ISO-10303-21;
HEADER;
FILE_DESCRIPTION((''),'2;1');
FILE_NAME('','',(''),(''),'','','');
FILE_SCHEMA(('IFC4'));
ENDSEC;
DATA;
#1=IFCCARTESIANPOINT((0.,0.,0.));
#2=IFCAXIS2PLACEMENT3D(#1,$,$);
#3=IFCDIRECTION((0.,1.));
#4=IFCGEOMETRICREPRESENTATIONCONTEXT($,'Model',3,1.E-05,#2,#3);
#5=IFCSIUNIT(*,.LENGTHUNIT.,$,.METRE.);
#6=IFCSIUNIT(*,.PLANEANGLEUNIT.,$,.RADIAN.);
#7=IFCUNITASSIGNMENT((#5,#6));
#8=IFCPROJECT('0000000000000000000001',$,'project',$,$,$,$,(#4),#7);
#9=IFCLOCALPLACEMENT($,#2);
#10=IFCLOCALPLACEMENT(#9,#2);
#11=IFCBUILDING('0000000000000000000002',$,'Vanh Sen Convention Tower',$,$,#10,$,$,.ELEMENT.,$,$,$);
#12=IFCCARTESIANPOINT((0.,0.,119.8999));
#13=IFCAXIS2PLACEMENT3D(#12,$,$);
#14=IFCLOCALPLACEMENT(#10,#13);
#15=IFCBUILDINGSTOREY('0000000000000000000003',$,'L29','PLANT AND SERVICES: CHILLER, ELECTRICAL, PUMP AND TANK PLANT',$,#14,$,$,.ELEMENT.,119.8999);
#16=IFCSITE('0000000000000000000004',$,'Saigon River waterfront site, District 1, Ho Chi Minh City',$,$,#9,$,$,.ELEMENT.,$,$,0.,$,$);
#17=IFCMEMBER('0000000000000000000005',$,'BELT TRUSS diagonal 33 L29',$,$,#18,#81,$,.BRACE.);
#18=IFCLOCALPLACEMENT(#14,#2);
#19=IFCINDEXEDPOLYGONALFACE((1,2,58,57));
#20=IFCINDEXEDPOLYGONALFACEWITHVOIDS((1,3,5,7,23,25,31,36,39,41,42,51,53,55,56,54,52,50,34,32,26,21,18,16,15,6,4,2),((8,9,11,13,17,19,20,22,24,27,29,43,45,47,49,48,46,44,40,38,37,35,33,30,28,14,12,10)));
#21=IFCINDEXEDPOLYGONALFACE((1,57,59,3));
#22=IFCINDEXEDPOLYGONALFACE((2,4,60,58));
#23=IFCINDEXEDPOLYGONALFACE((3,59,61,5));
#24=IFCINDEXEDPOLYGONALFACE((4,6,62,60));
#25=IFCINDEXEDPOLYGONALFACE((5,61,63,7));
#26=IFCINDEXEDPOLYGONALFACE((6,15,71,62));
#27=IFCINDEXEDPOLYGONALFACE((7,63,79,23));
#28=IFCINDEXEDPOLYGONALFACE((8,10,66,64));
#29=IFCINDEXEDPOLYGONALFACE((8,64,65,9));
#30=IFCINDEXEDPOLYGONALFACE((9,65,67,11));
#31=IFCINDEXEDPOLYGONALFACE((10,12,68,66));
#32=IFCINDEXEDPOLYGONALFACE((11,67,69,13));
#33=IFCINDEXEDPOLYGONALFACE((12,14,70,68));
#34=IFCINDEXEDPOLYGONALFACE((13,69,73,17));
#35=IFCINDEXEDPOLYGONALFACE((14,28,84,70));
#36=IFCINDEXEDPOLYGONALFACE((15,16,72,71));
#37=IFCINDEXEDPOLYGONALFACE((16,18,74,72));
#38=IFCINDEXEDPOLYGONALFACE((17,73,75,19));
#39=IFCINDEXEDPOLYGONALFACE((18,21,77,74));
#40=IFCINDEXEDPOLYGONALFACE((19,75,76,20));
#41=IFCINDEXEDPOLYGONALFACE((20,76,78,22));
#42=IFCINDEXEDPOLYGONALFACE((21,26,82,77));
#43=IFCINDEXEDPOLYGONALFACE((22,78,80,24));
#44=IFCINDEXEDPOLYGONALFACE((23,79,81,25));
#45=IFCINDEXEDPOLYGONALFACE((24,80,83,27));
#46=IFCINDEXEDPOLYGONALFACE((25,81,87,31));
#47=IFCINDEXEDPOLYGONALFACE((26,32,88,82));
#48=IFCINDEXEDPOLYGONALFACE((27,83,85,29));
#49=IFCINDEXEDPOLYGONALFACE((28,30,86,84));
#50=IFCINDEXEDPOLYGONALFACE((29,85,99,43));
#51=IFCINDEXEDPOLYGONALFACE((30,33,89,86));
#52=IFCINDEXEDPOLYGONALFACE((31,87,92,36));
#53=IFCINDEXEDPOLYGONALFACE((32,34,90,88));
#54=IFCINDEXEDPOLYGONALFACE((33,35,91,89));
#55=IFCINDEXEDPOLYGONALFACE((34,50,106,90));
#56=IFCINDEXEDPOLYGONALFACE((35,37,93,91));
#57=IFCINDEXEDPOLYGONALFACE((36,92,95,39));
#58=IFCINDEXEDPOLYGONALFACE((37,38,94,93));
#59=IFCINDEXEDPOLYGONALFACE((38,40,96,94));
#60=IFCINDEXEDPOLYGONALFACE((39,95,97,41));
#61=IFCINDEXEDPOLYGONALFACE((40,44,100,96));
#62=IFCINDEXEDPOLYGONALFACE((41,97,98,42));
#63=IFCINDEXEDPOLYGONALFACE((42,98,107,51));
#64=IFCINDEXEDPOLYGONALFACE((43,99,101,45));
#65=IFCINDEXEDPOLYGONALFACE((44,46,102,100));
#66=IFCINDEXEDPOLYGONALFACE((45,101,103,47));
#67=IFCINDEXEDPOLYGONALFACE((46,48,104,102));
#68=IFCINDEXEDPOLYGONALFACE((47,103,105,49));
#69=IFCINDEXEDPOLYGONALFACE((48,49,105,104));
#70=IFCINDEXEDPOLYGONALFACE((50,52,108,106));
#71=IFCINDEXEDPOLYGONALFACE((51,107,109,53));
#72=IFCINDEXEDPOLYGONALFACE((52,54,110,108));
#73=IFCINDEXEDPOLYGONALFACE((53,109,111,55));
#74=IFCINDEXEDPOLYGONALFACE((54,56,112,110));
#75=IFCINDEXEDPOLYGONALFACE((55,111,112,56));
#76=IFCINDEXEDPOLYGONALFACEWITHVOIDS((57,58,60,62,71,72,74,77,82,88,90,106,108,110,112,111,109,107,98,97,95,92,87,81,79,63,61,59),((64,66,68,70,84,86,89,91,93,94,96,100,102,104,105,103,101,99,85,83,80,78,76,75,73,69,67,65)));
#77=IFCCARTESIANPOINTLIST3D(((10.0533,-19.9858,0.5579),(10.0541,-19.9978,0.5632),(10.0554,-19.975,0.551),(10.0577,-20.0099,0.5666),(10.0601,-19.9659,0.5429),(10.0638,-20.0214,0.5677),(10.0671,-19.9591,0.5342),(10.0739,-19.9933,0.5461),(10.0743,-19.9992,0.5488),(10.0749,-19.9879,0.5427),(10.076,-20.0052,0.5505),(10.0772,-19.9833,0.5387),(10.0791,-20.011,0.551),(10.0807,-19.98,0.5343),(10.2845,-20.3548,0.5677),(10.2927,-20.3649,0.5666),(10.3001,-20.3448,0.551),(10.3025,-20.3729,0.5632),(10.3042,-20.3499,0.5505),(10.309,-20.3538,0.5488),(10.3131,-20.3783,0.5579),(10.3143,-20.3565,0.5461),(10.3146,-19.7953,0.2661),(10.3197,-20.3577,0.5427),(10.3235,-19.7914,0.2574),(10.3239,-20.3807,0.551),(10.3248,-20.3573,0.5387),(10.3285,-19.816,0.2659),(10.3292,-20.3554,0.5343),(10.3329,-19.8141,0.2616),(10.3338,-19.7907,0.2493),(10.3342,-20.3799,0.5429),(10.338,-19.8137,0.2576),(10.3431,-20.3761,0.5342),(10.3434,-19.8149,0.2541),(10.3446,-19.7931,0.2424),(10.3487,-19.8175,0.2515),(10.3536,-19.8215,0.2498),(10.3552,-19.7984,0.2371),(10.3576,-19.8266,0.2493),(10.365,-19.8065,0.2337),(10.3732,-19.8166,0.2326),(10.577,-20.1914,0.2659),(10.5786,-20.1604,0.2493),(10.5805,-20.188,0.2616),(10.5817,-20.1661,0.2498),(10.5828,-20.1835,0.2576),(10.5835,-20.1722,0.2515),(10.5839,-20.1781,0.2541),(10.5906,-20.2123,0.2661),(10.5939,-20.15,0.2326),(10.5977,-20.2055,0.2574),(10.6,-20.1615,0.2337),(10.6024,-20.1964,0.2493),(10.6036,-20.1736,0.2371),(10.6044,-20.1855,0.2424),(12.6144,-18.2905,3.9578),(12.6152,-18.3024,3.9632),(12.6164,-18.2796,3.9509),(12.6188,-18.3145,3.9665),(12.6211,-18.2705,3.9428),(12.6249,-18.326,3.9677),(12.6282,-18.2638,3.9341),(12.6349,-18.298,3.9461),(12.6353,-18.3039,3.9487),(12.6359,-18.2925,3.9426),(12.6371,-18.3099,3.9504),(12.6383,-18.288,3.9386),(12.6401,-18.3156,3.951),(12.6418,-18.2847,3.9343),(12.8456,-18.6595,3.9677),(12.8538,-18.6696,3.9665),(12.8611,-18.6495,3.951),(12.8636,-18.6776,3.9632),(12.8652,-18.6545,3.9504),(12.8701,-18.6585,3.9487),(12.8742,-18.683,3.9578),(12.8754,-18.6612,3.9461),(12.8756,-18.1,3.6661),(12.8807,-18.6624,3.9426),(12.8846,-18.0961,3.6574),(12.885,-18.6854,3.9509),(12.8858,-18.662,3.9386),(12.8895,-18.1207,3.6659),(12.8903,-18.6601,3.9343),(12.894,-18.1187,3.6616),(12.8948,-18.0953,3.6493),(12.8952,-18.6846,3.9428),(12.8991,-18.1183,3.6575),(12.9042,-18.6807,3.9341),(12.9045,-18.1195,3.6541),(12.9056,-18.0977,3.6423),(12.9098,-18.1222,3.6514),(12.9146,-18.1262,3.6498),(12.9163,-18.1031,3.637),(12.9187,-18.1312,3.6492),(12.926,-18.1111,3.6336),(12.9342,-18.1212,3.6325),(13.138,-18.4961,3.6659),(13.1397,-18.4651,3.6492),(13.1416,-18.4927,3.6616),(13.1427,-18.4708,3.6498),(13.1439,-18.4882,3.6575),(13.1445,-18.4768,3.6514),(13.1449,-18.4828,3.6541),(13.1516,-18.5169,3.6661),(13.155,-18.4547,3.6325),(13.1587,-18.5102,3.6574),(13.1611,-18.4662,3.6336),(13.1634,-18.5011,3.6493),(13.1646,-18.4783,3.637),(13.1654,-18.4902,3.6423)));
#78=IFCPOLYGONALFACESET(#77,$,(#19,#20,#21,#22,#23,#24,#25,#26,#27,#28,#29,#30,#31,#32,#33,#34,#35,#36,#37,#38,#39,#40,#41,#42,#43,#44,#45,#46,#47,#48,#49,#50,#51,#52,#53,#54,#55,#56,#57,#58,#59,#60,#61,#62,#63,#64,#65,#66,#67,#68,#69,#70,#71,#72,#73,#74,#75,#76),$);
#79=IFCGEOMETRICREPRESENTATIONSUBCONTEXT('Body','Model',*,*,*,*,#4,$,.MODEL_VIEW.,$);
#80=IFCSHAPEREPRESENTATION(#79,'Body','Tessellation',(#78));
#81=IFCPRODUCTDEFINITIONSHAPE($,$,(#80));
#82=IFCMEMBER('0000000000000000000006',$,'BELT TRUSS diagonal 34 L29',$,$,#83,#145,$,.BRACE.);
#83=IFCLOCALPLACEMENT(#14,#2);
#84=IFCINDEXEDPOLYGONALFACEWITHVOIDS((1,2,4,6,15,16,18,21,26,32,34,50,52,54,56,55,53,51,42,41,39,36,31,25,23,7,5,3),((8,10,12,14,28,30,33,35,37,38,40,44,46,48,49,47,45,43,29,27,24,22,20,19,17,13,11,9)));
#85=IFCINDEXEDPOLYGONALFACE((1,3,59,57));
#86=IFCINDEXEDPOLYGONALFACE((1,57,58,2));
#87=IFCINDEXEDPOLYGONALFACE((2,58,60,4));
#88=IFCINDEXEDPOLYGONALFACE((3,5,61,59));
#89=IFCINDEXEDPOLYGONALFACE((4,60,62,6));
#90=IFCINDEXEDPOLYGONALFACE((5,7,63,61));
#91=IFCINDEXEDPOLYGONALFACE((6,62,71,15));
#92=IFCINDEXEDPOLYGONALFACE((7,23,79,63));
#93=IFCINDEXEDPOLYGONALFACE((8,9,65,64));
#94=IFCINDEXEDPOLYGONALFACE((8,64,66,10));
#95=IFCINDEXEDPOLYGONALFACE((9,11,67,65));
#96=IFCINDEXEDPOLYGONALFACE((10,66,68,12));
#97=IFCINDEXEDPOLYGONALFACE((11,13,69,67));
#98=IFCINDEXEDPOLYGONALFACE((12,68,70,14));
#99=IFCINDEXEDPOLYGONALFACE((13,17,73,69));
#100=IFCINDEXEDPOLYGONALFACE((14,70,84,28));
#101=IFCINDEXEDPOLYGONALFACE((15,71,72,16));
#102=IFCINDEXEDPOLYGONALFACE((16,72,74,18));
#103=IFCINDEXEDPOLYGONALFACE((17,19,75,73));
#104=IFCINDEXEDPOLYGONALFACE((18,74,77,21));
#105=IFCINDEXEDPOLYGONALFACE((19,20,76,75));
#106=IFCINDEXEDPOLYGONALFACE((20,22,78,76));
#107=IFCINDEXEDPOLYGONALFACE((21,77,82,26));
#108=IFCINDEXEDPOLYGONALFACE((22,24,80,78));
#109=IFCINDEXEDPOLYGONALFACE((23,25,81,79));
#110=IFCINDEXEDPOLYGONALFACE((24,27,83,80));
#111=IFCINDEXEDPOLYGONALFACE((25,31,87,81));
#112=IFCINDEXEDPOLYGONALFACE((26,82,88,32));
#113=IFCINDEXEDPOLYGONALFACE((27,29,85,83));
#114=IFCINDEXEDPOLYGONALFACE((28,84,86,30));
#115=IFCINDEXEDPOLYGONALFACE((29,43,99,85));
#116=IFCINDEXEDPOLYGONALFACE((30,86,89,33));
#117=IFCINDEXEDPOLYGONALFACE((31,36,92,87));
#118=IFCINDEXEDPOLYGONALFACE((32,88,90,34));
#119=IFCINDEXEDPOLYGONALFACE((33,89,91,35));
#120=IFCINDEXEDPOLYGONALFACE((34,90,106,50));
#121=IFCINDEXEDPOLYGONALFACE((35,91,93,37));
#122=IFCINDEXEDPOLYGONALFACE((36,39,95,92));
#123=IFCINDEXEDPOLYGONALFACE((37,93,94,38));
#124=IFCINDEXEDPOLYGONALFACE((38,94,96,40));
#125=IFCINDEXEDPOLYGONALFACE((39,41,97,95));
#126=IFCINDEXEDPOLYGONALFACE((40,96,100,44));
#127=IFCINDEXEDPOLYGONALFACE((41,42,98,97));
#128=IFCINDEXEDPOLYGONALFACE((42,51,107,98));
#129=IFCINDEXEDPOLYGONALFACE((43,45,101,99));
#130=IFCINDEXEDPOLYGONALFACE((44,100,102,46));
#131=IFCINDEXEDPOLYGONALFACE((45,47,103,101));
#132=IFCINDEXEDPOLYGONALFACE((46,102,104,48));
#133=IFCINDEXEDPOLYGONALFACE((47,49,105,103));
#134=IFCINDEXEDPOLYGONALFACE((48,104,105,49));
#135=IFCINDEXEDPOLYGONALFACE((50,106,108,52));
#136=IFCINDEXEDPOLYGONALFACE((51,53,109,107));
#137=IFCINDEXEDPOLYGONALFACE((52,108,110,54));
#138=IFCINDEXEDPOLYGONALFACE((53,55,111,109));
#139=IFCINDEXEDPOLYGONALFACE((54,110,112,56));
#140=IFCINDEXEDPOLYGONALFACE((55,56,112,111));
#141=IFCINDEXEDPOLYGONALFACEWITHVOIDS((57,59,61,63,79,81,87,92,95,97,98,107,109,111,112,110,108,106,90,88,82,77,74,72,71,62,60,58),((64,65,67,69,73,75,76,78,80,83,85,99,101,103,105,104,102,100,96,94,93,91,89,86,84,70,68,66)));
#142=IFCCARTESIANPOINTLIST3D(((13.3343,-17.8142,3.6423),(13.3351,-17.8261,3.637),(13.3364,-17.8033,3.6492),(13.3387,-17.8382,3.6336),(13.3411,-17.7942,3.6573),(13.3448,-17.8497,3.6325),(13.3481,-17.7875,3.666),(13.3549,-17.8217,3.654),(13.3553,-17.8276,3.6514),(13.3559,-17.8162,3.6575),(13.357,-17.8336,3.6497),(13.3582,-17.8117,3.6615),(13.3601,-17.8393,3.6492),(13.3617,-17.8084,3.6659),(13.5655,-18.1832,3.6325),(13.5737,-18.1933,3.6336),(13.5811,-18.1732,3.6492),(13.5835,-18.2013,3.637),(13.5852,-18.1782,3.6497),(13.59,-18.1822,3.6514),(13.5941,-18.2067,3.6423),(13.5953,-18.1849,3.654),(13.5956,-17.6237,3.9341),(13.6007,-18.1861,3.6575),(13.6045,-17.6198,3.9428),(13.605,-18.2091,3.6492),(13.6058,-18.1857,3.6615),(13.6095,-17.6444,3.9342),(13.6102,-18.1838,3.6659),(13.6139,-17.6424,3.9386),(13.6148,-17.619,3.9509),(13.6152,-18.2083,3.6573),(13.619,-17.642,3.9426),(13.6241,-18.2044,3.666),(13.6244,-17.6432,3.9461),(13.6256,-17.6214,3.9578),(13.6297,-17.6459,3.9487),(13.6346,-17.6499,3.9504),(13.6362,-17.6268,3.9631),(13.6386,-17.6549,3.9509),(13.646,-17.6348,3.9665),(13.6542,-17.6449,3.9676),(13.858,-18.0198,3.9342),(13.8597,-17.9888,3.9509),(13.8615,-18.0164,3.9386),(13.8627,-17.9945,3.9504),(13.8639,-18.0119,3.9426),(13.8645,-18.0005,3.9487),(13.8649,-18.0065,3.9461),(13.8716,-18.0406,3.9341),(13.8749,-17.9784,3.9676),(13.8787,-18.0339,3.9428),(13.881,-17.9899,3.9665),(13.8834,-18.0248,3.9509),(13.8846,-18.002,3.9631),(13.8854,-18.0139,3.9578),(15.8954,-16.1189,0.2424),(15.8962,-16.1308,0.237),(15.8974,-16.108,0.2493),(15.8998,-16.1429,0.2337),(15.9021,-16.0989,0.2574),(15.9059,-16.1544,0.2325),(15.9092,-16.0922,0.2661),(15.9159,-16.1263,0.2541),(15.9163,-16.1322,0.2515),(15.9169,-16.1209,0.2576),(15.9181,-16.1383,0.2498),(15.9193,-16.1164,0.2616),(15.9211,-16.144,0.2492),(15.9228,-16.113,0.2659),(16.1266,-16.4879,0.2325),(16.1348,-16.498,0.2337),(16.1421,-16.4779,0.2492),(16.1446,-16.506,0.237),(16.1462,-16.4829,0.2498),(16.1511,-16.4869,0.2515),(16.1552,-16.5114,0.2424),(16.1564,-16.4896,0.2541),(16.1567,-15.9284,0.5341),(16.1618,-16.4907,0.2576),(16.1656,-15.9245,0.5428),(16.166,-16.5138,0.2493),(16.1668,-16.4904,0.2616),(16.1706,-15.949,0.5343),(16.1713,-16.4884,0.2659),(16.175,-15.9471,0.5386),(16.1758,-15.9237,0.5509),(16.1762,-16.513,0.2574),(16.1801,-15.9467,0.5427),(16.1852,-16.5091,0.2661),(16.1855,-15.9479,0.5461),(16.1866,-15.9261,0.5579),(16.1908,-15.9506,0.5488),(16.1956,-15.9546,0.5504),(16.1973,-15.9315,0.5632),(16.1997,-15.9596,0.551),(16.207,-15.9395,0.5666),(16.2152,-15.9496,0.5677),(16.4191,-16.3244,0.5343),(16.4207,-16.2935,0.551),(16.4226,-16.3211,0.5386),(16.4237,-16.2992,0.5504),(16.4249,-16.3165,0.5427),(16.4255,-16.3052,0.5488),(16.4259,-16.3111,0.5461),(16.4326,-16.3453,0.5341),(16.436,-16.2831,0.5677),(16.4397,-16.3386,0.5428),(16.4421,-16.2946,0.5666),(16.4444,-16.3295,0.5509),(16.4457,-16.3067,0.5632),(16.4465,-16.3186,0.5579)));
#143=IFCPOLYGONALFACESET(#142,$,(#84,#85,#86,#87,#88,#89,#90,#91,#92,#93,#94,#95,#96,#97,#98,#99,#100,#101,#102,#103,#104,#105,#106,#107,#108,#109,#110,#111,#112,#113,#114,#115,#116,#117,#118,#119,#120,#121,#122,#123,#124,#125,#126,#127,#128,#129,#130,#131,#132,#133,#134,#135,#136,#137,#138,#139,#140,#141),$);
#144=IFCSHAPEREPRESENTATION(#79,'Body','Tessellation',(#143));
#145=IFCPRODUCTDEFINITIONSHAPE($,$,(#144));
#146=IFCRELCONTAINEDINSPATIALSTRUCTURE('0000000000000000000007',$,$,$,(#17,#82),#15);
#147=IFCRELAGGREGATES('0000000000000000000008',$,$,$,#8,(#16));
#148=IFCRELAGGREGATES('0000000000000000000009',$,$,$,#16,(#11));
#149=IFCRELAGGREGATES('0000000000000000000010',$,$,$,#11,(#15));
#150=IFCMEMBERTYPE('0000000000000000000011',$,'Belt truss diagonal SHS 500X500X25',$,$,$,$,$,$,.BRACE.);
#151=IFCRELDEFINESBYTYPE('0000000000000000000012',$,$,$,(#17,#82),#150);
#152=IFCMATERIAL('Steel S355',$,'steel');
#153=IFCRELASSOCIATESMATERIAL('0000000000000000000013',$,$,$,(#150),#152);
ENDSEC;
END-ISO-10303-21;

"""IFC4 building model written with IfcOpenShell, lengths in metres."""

from ifc_helpers import new_model, si_unit, direction, frame, origin, origin_2d, place, context, subcontext, project, spatial, hollow_rectangle, extrude, material, material_profile, profile_set, type_object, element, save


model = new_model("IFC4")

# Units and contexts
model_context = context("Model", 3, precision=1e-05, world=origin(), true_north=direction((0.0, 1.0)))
body_context = subcontext(model_context, "Body", "Model", "MODEL_VIEW")
ifc_project = project(units=[si_unit("LENGTHUNIT", "METRE"), si_unit("PLANEANGLEUNIT", "RADIAN")], contexts=[model_context])

# Site, building, storey
site_placement = place(None, origin())
site = spatial("IfcSite", under=ifc_project, at=site_placement, Name="Saigon River waterfront site, District 1, Ho Chi Minh City", CompositionType="ELEMENT", RefElevation=0.0)
building_placement = place(site_placement, origin())
building = spatial("IfcBuilding", under=site, at=building_placement, Name="Vanh Sen Convention Tower", CompositionType="ELEMENT")
storey_placement = place(building_placement, frame((0.0, 0.0, 119.8999)))
storey = spatial("IfcBuildingStorey", under=building, at=storey_placement, Name="L29", Description="PLANT AND SERVICES: CHILLER, ELECTRICAL, PUMP AND TANK PLANT", CompositionType="ELEMENT", Elevation=119.8999)

# Members
ifc_material_1 = material(Name="Steel S355", Category="steel")
ifc_material_profile_1 = material_profile(ifc_material_1, hollow_rectangle(XDim=0.5, YDim=0.5, WallThickness=0.0249, InnerFilletRadius=0.0249, OuterFilletRadius=0.05, at=origin_2d()), Name="SHS 500X500X25")
ifc_profile_set_1 = profile_set([ifc_material_profile_1], Name="Steel S355")
member_type_1 = type_object("IfcMemberType", Name="Belt truss diagonal SHS 500X500X25", PredefinedType="BRACE", material=ifc_profile_set_1)
for number, where, z_axis, x_axis, name in (
    (1, (10.3289, -20.0857, 0.4001), (0.558966, 0.370015, 0.742055), (-0.551982, 0.833856, 0.0), "BELT TRUSS diagonal 33 L29"),
    (2, (13.6099, -17.9141, 3.8), (0.558966, 0.370015, -0.742055), (-0.551982, 0.833856, 0.0), "BELT TRUSS diagonal 34 L29"),
):
    element("IfcMember", number, at=place(storey_placement, frame(where, z_axis=z_axis, x_axis=x_axis)), inside=storey, type_object=member_type_1, Name=name, PredefinedType="BRACE", context=body_context, shape_type="SweptSolid", body=[
        extrude(hollow_rectangle(XDim=0.5, YDim=0.5, WallThickness=0.0249, InnerFilletRadius=0.0249, OuterFilletRadius=0.05, at=origin_2d()), origin(), (0.0, 0.0, 1.0), 4.5818),
    ])

save(model, "model.ifc")
